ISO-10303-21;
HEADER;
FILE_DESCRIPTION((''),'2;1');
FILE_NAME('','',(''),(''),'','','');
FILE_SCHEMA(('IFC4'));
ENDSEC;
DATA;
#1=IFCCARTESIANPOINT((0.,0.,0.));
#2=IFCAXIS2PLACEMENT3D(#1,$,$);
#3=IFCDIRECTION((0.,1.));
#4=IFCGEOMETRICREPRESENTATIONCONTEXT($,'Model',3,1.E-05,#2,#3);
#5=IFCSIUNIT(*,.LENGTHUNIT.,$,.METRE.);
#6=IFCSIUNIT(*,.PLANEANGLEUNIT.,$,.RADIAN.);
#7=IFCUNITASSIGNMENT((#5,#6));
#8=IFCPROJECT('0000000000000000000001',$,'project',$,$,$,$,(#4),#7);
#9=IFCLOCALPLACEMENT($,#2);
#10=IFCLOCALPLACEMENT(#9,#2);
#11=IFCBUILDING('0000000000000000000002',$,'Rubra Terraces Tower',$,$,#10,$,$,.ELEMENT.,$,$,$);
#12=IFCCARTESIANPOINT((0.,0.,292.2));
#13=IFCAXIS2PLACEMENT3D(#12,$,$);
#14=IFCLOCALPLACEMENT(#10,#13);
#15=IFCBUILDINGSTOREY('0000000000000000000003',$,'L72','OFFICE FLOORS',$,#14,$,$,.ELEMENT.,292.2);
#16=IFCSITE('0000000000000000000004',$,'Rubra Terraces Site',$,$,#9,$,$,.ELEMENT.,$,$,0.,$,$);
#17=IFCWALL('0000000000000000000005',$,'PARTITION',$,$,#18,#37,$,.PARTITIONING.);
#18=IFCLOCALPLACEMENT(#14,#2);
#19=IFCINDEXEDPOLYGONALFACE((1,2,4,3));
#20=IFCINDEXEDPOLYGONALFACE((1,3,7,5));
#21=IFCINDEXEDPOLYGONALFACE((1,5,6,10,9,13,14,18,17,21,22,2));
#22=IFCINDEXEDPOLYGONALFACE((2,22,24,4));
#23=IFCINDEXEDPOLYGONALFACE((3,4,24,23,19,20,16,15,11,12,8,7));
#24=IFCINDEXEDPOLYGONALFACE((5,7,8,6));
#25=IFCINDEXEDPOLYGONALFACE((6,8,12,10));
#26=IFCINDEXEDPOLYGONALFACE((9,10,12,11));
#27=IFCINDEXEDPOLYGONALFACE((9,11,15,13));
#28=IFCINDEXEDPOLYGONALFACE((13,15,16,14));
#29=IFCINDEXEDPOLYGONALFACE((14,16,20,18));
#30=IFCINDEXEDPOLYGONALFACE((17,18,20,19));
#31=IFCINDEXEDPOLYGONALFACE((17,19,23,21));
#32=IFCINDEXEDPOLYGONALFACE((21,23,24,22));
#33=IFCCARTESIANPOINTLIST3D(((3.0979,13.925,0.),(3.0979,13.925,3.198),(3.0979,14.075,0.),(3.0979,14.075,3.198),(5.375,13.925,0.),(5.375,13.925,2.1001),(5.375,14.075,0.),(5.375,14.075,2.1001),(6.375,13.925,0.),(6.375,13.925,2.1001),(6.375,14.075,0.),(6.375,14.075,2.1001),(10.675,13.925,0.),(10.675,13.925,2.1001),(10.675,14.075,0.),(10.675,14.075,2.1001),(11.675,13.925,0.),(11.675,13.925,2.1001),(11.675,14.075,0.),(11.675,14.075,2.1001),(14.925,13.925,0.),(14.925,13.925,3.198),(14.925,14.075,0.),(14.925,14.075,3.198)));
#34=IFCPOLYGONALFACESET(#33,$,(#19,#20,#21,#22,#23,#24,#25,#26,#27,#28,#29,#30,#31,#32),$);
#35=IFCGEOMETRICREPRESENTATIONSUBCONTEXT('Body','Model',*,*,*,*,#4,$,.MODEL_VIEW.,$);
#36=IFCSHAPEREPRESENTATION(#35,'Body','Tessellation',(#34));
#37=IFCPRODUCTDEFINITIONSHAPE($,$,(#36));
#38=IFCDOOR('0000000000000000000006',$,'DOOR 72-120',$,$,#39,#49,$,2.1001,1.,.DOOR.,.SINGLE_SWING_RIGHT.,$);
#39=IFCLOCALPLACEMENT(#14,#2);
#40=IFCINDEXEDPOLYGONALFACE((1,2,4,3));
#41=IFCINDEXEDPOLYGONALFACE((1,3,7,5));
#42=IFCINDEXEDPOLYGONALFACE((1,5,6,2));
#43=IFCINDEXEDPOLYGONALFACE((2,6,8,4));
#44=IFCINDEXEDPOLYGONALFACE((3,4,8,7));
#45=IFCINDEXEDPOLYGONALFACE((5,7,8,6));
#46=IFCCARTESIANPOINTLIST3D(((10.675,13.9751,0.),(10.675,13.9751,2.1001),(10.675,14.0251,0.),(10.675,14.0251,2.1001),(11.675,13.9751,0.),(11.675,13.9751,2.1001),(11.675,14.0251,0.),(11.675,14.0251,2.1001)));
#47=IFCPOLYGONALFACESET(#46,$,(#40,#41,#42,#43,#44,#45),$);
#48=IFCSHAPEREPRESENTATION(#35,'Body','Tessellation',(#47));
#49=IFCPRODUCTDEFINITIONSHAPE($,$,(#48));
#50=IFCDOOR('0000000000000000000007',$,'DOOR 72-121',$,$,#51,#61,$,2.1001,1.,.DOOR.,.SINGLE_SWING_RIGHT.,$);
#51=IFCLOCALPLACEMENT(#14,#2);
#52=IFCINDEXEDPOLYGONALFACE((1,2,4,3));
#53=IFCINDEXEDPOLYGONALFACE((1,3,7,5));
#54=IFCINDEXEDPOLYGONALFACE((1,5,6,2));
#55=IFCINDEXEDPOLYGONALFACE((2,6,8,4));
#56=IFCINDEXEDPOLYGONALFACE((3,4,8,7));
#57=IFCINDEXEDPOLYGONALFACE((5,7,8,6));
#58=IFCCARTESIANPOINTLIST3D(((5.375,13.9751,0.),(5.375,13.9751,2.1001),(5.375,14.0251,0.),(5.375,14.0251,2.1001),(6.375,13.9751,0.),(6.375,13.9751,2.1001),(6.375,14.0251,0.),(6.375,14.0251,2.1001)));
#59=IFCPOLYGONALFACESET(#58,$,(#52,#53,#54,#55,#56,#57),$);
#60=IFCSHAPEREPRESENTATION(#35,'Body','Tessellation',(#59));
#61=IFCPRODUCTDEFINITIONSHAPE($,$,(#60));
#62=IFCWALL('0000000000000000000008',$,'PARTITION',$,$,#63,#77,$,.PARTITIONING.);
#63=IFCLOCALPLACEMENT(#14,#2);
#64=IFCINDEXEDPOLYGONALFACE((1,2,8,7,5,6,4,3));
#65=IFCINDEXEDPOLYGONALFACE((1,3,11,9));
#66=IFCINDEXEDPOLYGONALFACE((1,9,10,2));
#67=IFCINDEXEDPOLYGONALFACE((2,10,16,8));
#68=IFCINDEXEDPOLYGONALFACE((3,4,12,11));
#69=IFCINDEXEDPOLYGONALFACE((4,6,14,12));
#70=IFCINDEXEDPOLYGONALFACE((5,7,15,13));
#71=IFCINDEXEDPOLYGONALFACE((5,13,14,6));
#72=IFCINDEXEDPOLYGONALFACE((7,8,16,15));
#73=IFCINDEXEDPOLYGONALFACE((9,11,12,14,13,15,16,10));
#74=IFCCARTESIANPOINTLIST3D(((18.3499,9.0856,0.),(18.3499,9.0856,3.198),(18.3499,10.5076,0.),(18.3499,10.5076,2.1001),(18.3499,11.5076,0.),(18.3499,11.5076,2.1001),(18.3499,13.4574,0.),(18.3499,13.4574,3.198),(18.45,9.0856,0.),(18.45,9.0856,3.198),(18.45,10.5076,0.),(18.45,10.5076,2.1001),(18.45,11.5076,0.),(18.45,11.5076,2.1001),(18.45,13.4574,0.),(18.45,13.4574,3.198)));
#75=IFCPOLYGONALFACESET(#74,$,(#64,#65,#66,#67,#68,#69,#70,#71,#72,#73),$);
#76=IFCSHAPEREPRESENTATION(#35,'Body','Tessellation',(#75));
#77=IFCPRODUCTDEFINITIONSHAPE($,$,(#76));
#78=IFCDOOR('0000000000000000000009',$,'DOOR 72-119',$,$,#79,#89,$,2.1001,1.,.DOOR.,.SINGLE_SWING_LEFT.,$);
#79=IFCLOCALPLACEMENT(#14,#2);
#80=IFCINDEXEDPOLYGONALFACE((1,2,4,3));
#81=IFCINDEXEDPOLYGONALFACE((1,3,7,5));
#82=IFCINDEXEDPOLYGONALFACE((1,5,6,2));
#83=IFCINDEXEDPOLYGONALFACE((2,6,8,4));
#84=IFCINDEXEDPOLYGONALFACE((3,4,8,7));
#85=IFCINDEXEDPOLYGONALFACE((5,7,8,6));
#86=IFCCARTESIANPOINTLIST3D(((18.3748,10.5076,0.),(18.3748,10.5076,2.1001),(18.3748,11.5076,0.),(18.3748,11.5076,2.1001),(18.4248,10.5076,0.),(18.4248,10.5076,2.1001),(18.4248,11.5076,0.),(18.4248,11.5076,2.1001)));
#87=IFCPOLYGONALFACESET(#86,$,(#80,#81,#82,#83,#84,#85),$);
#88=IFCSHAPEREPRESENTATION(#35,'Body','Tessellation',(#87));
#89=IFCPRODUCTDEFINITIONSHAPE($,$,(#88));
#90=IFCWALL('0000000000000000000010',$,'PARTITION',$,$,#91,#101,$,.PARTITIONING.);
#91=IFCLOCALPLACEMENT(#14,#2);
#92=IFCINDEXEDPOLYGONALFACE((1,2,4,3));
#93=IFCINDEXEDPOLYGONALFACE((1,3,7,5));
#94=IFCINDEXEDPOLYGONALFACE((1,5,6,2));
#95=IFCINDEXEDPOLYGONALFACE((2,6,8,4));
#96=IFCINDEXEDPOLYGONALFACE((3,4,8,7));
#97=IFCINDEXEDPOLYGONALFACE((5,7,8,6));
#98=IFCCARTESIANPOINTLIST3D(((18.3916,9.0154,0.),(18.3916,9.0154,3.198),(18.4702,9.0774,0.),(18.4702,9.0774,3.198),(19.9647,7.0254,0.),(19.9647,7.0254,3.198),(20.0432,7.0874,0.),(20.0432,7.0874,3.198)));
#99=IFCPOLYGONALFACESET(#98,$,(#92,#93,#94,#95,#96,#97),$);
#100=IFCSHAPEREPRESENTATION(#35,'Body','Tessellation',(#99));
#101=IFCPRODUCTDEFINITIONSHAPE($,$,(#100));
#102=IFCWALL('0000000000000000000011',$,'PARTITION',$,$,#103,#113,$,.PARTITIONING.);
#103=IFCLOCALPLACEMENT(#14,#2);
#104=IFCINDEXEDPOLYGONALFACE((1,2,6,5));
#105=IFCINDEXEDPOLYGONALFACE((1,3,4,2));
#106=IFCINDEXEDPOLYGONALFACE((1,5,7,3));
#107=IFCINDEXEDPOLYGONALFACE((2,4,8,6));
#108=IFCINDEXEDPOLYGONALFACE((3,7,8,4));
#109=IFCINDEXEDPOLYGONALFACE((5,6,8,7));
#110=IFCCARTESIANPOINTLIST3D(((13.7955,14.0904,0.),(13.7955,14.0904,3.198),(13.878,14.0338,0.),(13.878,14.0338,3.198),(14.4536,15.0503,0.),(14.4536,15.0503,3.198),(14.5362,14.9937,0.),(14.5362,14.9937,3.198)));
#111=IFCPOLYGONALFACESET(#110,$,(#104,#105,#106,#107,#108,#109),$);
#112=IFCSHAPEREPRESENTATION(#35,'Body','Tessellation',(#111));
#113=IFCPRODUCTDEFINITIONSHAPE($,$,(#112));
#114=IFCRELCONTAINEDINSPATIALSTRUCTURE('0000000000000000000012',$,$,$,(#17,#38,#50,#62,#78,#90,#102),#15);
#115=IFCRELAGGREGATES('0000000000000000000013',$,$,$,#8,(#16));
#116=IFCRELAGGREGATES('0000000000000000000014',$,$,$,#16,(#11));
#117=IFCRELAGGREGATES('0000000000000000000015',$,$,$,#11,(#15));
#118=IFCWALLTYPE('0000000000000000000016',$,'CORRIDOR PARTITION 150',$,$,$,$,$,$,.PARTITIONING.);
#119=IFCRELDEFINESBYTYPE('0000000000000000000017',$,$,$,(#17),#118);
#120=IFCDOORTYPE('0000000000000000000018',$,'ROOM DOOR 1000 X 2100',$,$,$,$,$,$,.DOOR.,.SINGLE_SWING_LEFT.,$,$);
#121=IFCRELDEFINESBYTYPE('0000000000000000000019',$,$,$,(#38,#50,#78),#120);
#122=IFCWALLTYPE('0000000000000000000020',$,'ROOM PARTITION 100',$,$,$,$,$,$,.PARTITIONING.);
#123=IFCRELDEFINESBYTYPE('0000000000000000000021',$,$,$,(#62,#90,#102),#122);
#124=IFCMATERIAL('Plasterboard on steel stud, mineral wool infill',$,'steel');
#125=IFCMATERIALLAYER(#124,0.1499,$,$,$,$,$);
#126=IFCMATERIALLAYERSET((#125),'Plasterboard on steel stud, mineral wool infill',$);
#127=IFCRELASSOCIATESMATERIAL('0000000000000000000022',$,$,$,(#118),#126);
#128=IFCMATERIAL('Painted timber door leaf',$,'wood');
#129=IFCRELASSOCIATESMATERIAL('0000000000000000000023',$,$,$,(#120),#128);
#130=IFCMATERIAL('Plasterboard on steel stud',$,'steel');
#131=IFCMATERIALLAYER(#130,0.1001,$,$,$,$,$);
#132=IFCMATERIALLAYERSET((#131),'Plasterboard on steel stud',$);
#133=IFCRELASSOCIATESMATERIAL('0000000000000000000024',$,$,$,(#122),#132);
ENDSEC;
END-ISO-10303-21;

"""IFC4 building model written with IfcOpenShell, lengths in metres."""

from ifc_helpers import new_model, si_unit, direction, frame, frame_2d, origin, place, context, subcontext, project, spatial, rectangle, extrude, material, layer, layer_set, type_object, element, fill, save


model = new_model("IFC4")

# Units and contexts
model_context = context("Model", 3, precision=1e-05, world=origin(), true_north=direction((0.0, 1.0)))
body_context = subcontext(model_context, "Body", "Model", "MODEL_VIEW")
ifc_project = project(units=[si_unit("LENGTHUNIT", "METRE"), si_unit("PLANEANGLEUNIT", "RADIAN")], contexts=[model_context])

# Site, building, storey
site_placement = place(None, origin())
site = spatial("IfcSite", under=ifc_project, at=site_placement, Name="Rubra Terraces Site", CompositionType="ELEMENT", RefElevation=0.0)
building_placement = place(site_placement, origin())
building = spatial("IfcBuilding", under=site, at=building_placement, Name="Rubra Terraces Tower", CompositionType="ELEMENT")
storey_placement = place(building_placement, frame((0.0, 0.0, 292.2)))
storey = spatial("IfcBuildingStorey", under=building, at=storey_placement, Name="L72", Description="OFFICE FLOORS", CompositionType="ELEMENT", Elevation=292.2)

# Shared definitions
ifc_material_1 = material(Name="Plasterboard on steel stud, mineral wool infill", Category="steel")
ifc_layer_1 = layer(ifc_material_1, 0.1499)
ifc_layer_set_1 = layer_set([ifc_layer_1], Name="Plasterboard on steel stud, mineral wool infill")
wall_type_1 = type_object("IfcWallType", Name="CORRIDOR PARTITION 150", PredefinedType="PARTITIONING", material=ifc_layer_set_1)

# Wall, openings, doors
wall_1_placement = place(storey_placement, frame((14.925, 14.0, 0.0), z_axis=(0.0, 0.0, 1.0), x_axis=(-1.0, 0.0, 0.0)))
wall_1 = element("IfcWall", 1, at=wall_1_placement, inside=storey, type_object=wall_type_1, Name="PARTITION", PredefinedType="PARTITIONING", context=body_context, shape_type="SweptSolid", body=[
    extrude(rectangle(XDim=11.8271, YDim=0.1499, at=frame_2d((5.9136, 0.0))), origin(), (0.0, 0.0, 1.0), 3.198),
])
opening_1_placement = place(wall_1_placement, frame((3.25, 0.0, 0.0)))
opening_1 = element("IfcOpeningElement", 2, at=opening_1_placement, cuts=wall_1, PredefinedType="OPENING", context=body_context, shape_type="SweptSolid", body=[
    extrude(rectangle(XDim=1.0, YDim=2.1001, at=frame_2d((0.5, 1.05))), frame((0.0, 0.085, 0.0), z_axis=(0.0, -1.0, 0.0), x_axis=(1.0, 0.0, 0.0)), (0.0, 0.0, 1.0), 0.1699),
])
opening_2_placement = place(wall_1_placement, frame((8.55, 0.0, 0.0)))
opening_2 = element("IfcOpeningElement", 3, at=opening_2_placement, cuts=wall_1, PredefinedType="OPENING", context=body_context, shape_type="SweptSolid", body=[
    extrude(rectangle(XDim=1.0, YDim=2.1001, at=frame_2d((0.5, 1.05))), frame((0.0, 0.085, 0.0), z_axis=(0.0, -1.0, 0.0), x_axis=(1.0, 0.0, 0.0)), (0.0, 0.0, 1.0), 0.1699),
])
ifc_material_2 = material(Name="Painted timber door leaf", Category="wood")
door_type_1 = type_object("IfcDoorType", Name="ROOM DOOR 1000 X 2100", OperationType="SINGLE_SWING_LEFT", PredefinedType="DOOR", material=ifc_material_2)
door_1_placement = place(opening_1_placement, origin())
door_1 = element("IfcDoor", 4, at=door_1_placement, inside=storey, type_object=door_type_1, Name="DOOR 72-120", OperationType="SINGLE_SWING_RIGHT", OverallHeight=2.1001, OverallWidth=1.0, PredefinedType="DOOR", context=body_context, shape_type="SweptSolid", body=[
    extrude(rectangle(XDim=1.0, YDim=2.1001, at=frame_2d((0.5, 1.05))), frame((0.0, 0.0249, 0.0), z_axis=(0.0, -1.0, 0.0), x_axis=(1.0, 0.0, 0.0)), (0.0, 0.0, 1.0), 0.05),
])
fill(opening_1, door_1)
door_2_placement = place(opening_2_placement, origin())
door_2 = element("IfcDoor", 5, at=door_2_placement, inside=storey, type_object=door_type_1, Name="DOOR 72-121", OperationType="SINGLE_SWING_RIGHT", OverallHeight=2.1001, OverallWidth=1.0, PredefinedType="DOOR", context=body_context, shape_type="SweptSolid", body=[
    extrude(rectangle(XDim=1.0, YDim=2.1001, at=frame_2d((0.5, 1.05))), frame((0.0, 0.0249, 0.0), z_axis=(0.0, -1.0, 0.0), x_axis=(1.0, 0.0, 0.0)), (0.0, 0.0, 1.0), 0.05),
])
fill(opening_2, door_2)

# Wall, opening, door
ifc_material_3 = material(Name="Plasterboard on steel stud", Category="steel")
ifc_layer_2 = layer(ifc_material_3, 0.1001)
ifc_layer_set_2 = layer_set([ifc_layer_2], Name="Plasterboard on steel stud")
wall_type_2 = type_object("IfcWallType", Name="ROOM PARTITION 100", PredefinedType="PARTITIONING", material=ifc_layer_set_2)
wall_2_placement = place(storey_placement, frame((18.3999, 13.4575, 0.0), z_axis=(0.0, 0.0, 1.0), x_axis=(0.0, -1.0, 0.0)))
wall_2 = element("IfcWall", 6, at=wall_2_placement, inside=storey, type_object=wall_type_2, Name="PARTITION", PredefinedType="PARTITIONING", context=body_context, shape_type="SweptSolid", body=[
    extrude(rectangle(XDim=4.3718, YDim=0.1001, at=frame_2d((2.186, 0.0))), origin(), (0.0, 0.0, 1.0), 3.198),
])
opening_3_placement = place(wall_2_placement, frame((1.95, 0.0, 0.0)))
opening_3 = element("IfcOpeningElement", 7, at=opening_3_placement, cuts=wall_2, PredefinedType="OPENING", context=body_context, shape_type="SweptSolid", body=[
    extrude(rectangle(XDim=1.0, YDim=2.1001, at=frame_2d((0.5, 1.05))), frame((0.0, 0.0601, 0.0), z_axis=(0.0, -1.0, 0.0), x_axis=(1.0, 0.0, 0.0)), (0.0, 0.0, 1.0), 0.1201),
])
door_3_placement = place(opening_3_placement, origin())
door_3 = element("IfcDoor", 8, at=door_3_placement, inside=storey, type_object=door_type_1, Name="DOOR 72-119", OperationType="SINGLE_SWING_LEFT", OverallHeight=2.1001, OverallWidth=1.0, PredefinedType="DOOR", context=body_context, shape_type="SweptSolid", body=[
    extrude(rectangle(XDim=1.0, YDim=2.1001, at=frame_2d((0.5, 1.05))), frame((0.0, 0.0249, 0.0), z_axis=(0.0, -1.0, 0.0), x_axis=(1.0, 0.0, 0.0)), (0.0, 0.0, 1.0), 0.05),
])
fill(opening_3, door_3)

# Walls
wall_3_placement = place(storey_placement, frame((18.4309, 9.0464, 0.0), z_axis=(0.0, 0.0, 1.0), x_axis=(0.620119, -0.784508, 0.0)))
element("IfcWall", 9, at=wall_3_placement, inside=storey, type_object=wall_type_2, Name="PARTITION", PredefinedType="PARTITIONING", context=body_context, shape_type="SweptSolid", body=[
    extrude(rectangle(XDim=2.5366, YDim=0.1001, at=frame_2d((1.2683, 0.0))), origin(), (0.0, 0.0, 1.0), 3.198),
])
wall_4_placement = place(storey_placement, frame((13.8367, 14.062, 0.0), z_axis=(0.0, 0.0, 1.0), x_axis=(0.565496, 0.824751, 0.0)))
element("IfcWall", 10, at=wall_4_placement, inside=storey, type_object=wall_type_2, Name="PARTITION", PredefinedType="PARTITIONING", context=body_context, shape_type="SweptSolid", body=[
    extrude(rectangle(XDim=1.1638, YDim=0.1001, at=frame_2d((0.582, 0.0))), origin(), (0.0, 0.0, 1.0), 3.198),
])

save(model, "model.ifc")
